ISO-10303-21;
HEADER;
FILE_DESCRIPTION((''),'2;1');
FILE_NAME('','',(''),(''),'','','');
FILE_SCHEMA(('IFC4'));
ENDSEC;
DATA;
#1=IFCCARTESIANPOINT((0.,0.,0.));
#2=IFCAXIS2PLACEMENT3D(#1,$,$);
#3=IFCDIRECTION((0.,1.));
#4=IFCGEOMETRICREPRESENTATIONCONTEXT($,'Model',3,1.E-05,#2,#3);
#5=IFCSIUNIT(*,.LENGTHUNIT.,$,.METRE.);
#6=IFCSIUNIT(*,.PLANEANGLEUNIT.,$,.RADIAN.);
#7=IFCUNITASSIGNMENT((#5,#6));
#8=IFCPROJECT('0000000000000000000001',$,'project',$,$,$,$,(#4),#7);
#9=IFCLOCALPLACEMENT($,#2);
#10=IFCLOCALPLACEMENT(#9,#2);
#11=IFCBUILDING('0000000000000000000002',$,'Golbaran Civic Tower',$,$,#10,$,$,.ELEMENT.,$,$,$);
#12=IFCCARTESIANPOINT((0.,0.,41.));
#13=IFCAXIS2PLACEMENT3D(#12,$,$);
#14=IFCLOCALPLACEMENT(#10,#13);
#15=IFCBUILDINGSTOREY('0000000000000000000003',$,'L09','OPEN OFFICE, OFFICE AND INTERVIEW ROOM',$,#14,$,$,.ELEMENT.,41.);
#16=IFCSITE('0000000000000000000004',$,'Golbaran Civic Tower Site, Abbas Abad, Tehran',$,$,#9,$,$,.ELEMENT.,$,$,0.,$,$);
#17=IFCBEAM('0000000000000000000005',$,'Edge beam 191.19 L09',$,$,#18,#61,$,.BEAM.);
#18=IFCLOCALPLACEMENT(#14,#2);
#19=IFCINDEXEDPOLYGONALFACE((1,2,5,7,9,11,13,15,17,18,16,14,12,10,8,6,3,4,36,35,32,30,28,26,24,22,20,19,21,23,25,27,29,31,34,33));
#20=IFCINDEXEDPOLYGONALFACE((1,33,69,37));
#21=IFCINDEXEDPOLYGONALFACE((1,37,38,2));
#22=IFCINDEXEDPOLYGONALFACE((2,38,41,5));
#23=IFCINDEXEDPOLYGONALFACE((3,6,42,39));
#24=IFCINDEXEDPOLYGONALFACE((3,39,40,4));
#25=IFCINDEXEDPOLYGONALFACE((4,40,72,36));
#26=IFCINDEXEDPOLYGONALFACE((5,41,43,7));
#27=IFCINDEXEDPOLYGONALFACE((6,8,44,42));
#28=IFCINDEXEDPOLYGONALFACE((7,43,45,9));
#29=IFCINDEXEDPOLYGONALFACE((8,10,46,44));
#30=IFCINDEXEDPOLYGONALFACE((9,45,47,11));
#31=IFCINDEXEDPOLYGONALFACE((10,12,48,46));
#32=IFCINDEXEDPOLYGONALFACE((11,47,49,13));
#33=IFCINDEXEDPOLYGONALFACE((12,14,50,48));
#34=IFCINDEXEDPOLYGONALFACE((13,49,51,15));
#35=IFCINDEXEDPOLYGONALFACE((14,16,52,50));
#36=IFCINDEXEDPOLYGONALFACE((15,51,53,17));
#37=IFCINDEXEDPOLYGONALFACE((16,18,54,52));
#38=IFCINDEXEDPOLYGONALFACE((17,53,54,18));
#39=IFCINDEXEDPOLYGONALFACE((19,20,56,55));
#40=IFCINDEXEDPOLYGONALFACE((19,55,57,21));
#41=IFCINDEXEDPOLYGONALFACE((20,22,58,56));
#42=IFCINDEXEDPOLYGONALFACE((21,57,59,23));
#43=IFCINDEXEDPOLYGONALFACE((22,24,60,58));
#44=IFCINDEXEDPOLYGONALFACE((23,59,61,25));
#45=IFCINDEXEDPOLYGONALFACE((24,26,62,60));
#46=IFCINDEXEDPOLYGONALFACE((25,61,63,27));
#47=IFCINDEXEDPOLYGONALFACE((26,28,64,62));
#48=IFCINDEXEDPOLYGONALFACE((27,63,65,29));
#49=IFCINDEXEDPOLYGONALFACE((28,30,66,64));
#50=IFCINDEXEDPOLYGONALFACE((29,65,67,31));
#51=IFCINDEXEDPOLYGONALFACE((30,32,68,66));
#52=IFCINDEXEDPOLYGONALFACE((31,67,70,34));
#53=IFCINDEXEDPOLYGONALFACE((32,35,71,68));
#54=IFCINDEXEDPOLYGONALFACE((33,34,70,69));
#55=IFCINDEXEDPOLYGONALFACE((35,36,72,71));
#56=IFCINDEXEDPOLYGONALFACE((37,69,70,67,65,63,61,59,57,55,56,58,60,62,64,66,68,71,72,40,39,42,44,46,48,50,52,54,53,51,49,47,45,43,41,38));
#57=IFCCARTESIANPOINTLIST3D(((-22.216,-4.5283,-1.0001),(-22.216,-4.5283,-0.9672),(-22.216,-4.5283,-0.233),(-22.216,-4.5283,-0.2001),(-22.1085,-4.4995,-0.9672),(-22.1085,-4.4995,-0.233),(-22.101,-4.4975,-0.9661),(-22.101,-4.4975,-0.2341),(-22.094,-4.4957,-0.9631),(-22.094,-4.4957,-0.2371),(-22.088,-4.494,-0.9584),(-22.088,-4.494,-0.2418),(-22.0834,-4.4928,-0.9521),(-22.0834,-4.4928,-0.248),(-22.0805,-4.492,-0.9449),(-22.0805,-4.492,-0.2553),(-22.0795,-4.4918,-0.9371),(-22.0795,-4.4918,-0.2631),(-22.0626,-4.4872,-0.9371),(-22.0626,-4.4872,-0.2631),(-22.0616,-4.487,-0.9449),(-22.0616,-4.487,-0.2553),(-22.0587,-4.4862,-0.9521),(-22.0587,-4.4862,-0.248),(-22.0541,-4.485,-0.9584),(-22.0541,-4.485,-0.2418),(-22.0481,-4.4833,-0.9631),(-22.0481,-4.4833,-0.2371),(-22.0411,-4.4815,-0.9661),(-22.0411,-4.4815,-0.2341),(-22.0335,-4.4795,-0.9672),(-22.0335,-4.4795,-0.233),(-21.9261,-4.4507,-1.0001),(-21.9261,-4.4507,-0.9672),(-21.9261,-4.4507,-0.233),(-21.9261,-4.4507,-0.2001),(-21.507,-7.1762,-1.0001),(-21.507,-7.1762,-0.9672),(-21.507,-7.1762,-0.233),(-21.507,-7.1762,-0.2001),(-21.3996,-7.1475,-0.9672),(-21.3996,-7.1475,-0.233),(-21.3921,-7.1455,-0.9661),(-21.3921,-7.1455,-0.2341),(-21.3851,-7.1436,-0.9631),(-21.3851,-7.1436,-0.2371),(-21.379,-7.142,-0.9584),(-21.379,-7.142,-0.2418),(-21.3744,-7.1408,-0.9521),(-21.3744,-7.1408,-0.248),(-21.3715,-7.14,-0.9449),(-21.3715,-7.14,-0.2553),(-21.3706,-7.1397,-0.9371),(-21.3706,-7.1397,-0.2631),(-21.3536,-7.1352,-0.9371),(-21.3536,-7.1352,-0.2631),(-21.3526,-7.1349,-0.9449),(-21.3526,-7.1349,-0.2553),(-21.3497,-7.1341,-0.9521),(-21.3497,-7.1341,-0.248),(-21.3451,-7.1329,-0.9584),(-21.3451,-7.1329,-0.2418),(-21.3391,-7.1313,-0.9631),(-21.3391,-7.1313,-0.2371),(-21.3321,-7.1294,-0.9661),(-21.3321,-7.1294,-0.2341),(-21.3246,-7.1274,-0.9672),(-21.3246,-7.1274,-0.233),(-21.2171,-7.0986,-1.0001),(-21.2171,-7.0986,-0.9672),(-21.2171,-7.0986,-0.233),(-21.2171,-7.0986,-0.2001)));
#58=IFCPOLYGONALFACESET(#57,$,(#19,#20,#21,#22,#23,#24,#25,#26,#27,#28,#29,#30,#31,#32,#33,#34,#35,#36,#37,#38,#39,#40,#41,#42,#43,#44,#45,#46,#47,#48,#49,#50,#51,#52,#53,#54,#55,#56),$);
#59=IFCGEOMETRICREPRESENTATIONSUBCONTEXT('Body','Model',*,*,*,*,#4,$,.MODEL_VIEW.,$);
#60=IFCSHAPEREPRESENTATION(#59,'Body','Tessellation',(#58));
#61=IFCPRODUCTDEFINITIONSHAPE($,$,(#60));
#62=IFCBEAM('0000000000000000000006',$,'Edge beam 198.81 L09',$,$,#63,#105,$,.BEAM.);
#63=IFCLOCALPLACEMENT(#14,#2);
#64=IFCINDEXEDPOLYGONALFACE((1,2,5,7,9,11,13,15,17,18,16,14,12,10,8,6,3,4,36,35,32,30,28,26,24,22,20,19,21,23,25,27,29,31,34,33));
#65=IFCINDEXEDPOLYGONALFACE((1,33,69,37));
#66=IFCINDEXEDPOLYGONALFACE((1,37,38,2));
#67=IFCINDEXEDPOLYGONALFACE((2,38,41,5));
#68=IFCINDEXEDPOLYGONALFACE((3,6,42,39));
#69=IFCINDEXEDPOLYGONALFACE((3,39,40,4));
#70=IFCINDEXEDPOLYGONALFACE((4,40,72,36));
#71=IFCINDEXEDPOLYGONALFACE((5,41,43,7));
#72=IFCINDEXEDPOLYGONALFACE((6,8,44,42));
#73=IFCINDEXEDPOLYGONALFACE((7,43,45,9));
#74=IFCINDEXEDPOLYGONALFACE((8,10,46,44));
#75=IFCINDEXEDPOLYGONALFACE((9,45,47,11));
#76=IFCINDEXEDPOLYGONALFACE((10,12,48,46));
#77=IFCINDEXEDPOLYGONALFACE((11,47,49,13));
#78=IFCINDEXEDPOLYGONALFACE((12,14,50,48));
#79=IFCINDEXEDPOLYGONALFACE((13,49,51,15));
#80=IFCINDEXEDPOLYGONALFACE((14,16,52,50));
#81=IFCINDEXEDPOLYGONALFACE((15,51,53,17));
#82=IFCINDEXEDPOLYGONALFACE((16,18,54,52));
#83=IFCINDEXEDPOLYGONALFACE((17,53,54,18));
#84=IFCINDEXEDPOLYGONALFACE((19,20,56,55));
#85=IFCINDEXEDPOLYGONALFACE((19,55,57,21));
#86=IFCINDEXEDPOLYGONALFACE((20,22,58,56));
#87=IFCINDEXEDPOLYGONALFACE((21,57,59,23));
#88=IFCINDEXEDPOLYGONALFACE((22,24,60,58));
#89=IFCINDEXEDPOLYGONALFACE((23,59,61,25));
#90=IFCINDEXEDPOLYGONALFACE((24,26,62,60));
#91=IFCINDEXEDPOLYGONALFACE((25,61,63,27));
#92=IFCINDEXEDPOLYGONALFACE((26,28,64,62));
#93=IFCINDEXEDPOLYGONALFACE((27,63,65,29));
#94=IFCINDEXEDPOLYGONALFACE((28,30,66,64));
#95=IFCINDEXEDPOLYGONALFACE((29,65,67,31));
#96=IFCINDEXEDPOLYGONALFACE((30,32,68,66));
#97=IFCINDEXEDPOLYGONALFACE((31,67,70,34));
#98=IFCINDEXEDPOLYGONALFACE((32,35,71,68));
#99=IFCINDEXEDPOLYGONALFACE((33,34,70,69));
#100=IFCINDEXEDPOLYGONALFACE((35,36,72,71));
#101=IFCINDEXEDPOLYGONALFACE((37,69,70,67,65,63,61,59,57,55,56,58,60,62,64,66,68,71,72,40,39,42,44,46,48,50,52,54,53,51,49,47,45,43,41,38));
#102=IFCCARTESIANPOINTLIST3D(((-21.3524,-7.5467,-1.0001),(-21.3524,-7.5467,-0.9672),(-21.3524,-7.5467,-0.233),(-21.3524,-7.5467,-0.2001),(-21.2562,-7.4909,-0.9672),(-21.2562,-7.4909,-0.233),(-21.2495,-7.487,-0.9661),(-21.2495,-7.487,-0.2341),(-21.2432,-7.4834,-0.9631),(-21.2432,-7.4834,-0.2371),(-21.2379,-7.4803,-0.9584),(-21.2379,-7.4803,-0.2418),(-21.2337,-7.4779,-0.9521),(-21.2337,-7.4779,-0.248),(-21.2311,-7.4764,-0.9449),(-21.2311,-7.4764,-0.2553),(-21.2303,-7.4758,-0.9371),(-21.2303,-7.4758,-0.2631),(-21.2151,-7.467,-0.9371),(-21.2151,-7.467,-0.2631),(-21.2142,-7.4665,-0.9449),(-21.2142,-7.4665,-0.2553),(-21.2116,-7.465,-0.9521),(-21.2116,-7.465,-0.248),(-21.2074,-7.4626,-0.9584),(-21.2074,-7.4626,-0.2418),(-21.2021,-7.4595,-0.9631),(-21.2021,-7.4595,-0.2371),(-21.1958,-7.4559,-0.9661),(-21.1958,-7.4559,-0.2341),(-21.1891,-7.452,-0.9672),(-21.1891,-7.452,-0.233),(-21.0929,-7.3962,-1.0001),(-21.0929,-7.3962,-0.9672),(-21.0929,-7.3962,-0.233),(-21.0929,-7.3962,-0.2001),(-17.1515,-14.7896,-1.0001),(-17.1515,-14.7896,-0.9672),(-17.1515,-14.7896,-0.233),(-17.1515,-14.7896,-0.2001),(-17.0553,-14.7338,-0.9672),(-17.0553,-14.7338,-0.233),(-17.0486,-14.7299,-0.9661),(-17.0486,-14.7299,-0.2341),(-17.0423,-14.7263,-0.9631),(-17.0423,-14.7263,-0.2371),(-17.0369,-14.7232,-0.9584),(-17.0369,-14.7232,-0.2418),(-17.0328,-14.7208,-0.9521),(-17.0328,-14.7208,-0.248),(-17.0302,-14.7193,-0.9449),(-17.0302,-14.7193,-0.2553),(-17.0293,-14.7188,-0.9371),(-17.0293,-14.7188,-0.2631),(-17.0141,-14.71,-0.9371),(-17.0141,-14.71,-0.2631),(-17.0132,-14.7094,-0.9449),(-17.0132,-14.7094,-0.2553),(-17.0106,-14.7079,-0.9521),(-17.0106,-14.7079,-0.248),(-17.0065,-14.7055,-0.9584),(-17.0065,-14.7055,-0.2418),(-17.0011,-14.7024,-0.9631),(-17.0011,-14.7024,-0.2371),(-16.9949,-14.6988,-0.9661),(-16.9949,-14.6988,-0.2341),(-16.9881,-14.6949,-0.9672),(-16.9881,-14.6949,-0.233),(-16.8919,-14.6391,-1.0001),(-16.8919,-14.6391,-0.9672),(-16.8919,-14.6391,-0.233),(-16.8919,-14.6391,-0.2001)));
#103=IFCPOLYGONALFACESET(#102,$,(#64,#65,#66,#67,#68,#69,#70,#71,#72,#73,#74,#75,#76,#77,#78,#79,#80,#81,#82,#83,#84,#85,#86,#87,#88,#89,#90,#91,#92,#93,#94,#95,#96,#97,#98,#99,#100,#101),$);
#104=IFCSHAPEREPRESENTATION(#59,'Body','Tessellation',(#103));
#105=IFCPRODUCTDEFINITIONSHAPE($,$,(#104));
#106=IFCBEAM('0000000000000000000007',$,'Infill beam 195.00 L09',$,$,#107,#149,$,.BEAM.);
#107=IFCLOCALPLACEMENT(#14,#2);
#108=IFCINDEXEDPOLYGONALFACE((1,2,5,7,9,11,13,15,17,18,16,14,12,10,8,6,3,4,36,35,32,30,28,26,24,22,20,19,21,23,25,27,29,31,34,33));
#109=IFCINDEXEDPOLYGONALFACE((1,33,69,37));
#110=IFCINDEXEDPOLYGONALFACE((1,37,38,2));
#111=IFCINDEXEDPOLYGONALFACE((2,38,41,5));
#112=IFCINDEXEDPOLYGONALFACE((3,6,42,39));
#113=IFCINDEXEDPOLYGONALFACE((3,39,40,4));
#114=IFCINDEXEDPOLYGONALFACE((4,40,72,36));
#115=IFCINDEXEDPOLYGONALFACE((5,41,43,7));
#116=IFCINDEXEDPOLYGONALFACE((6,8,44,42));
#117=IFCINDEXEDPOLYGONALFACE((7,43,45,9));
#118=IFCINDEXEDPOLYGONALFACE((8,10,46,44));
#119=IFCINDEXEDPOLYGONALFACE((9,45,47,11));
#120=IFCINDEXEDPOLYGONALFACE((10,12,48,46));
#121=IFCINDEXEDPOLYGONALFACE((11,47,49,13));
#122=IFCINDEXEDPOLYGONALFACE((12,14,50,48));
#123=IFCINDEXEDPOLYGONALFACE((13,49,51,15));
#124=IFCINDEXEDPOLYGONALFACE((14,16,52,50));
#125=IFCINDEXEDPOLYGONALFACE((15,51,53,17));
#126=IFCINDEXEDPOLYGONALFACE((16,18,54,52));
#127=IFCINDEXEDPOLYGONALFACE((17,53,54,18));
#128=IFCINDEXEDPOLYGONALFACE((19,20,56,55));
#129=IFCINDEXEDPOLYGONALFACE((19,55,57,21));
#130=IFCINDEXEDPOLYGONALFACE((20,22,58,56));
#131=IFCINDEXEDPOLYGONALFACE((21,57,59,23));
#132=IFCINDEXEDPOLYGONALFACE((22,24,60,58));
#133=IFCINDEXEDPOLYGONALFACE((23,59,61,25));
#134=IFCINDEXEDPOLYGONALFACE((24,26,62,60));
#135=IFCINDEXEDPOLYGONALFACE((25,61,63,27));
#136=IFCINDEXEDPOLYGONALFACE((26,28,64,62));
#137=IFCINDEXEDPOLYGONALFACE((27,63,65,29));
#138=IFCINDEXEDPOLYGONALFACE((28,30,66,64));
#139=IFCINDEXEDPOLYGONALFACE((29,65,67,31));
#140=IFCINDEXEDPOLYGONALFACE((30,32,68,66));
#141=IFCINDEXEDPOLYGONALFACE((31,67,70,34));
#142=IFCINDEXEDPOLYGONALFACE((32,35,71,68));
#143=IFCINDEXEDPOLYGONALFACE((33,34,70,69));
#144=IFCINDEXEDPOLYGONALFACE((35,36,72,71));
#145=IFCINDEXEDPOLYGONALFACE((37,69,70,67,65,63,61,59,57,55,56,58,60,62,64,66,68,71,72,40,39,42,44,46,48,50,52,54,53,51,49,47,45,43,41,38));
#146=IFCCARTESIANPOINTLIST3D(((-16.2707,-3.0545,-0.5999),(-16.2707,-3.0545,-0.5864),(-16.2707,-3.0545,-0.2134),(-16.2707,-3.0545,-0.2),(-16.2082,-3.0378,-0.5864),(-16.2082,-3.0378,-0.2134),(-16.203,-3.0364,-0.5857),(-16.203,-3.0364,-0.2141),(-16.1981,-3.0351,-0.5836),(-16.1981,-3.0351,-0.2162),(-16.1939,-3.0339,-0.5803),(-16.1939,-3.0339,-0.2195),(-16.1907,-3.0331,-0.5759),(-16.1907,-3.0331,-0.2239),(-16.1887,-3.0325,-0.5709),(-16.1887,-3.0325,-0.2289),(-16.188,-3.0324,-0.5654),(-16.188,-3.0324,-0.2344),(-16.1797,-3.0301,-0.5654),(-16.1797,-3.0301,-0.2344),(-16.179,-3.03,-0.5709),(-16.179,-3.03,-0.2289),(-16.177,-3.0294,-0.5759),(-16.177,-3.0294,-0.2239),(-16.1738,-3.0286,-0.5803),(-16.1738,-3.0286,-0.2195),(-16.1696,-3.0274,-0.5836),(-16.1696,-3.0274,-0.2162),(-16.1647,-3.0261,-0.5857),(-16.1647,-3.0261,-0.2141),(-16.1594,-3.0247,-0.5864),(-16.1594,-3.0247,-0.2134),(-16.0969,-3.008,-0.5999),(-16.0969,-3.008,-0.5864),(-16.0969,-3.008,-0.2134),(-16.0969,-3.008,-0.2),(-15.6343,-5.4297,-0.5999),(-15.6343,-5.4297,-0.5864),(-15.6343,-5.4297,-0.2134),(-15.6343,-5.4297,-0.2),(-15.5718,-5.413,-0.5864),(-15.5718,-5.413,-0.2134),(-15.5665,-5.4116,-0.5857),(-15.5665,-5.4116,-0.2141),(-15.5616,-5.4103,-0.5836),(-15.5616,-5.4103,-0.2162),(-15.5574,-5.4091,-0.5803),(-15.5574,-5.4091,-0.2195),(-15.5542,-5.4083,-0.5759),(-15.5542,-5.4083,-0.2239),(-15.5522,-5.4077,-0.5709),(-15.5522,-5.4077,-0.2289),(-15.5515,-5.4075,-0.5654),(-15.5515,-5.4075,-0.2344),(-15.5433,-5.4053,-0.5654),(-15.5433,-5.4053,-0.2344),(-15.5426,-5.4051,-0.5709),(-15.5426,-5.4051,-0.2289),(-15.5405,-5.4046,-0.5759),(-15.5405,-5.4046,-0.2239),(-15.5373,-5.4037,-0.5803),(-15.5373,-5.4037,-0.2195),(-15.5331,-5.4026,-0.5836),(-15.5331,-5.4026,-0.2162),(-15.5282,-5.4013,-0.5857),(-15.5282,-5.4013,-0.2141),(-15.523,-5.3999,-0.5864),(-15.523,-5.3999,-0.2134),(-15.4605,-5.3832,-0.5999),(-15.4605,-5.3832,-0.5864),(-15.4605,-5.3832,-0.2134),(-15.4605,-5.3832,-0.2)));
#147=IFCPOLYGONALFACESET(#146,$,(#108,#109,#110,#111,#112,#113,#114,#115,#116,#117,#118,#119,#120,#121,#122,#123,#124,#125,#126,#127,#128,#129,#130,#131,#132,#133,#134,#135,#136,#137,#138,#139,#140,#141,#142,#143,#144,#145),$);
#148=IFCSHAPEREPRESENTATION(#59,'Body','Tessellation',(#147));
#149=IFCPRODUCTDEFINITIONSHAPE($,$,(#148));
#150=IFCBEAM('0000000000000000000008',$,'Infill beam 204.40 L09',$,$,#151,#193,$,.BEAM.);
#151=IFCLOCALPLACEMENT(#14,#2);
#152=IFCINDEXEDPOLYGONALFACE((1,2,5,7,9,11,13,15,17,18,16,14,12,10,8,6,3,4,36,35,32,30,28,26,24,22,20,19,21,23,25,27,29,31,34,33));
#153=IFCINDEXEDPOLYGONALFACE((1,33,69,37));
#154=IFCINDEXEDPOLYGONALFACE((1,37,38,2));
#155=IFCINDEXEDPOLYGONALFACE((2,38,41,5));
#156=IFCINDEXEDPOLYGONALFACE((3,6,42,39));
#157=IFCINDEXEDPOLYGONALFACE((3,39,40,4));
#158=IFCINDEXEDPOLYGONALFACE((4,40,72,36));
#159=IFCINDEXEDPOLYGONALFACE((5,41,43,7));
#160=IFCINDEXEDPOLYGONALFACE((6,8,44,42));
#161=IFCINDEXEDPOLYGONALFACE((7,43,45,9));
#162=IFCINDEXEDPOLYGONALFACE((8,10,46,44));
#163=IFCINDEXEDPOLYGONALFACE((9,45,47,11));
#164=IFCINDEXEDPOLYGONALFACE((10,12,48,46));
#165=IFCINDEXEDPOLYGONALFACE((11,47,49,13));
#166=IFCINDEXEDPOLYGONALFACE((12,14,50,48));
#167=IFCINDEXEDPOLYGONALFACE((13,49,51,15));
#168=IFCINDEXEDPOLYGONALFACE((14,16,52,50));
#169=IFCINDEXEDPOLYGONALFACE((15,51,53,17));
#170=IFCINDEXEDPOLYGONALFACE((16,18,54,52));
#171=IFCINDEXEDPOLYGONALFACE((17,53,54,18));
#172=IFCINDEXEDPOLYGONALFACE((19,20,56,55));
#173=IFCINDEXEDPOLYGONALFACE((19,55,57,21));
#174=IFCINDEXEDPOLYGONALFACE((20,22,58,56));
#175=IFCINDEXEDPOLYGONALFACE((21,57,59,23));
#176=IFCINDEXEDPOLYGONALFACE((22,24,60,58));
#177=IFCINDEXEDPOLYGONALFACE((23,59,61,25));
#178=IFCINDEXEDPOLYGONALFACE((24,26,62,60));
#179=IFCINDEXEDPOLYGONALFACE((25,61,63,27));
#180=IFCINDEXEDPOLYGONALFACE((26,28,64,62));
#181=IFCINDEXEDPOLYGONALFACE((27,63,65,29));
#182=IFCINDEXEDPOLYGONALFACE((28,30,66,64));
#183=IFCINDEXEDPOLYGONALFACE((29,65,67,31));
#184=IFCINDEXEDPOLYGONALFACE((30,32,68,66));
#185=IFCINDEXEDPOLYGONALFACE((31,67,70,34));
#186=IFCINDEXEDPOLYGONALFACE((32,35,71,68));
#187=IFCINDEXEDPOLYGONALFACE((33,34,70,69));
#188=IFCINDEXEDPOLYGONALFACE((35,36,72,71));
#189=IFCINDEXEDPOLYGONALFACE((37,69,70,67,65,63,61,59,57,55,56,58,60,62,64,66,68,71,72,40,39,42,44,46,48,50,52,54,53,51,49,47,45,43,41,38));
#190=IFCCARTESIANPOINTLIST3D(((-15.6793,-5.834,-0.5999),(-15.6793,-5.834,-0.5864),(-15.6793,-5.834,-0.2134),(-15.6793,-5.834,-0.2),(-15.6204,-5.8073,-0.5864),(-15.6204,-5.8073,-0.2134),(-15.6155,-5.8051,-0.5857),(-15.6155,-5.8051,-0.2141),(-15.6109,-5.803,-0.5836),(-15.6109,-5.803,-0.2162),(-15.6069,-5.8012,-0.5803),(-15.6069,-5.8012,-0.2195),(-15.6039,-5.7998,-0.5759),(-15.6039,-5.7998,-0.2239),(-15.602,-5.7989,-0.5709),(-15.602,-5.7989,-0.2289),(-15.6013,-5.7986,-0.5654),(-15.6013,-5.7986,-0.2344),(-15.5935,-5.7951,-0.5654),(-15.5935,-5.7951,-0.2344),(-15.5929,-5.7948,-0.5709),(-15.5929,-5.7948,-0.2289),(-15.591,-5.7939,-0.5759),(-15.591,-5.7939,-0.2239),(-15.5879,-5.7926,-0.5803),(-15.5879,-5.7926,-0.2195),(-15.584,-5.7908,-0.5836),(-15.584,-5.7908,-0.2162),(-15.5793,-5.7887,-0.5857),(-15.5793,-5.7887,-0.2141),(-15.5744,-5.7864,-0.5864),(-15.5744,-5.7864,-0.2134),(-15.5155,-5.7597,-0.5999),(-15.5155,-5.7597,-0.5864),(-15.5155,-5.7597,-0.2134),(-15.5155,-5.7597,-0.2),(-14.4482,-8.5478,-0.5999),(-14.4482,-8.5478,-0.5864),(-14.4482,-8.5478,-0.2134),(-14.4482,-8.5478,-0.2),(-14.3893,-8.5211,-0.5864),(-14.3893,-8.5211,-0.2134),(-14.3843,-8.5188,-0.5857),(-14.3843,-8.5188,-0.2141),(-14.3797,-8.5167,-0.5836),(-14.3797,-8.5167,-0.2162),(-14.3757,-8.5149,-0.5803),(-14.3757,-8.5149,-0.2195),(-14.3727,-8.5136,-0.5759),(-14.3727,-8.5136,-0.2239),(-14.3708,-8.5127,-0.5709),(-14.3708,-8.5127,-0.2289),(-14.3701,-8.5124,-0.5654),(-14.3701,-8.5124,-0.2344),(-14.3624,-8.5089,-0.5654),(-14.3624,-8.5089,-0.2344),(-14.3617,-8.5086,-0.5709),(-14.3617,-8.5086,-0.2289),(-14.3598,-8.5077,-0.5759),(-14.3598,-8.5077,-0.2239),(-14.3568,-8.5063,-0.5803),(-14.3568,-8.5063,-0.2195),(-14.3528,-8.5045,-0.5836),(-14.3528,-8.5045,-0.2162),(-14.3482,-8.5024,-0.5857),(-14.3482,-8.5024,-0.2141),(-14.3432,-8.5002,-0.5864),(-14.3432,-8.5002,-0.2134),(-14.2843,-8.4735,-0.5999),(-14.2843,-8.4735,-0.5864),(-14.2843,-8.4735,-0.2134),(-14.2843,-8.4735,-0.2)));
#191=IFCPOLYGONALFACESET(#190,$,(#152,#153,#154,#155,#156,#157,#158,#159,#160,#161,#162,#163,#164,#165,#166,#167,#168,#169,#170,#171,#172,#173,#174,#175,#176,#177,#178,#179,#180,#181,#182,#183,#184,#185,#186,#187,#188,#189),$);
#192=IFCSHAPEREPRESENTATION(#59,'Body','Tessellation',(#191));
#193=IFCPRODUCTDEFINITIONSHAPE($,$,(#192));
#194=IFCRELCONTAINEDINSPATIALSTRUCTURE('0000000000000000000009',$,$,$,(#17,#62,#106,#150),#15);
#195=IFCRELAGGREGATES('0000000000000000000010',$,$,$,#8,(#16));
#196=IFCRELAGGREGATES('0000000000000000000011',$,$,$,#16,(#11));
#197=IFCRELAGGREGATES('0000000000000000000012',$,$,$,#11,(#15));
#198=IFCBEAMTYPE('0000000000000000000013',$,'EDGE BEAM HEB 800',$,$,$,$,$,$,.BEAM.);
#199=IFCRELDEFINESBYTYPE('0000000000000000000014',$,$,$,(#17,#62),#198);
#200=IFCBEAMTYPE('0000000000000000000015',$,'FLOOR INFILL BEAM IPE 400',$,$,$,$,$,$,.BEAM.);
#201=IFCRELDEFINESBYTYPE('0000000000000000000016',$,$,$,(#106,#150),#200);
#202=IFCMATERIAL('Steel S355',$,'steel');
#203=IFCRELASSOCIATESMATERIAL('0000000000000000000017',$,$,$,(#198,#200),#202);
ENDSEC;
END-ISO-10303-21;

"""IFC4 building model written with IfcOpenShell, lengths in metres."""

from ifc_helpers import new_model, si_unit, direction, frame, origin, origin_2d, place, context, subcontext, project, spatial, i_section, extrude, material, material_profile, profile_set, type_object, element, save


model = new_model("IFC4")

# Units and contexts
model_context = context("Model", 3, precision=1e-05, world=origin(), true_north=direction((0.0, 1.0)))
body_context = subcontext(model_context, "Body", "Model", "MODEL_VIEW")
ifc_project = project(units=[si_unit("LENGTHUNIT", "METRE"), si_unit("PLANEANGLEUNIT", "RADIAN")], contexts=[model_context])

# Site, building, storey
site_placement = place(None, origin())
site = spatial("IfcSite", under=ifc_project, at=site_placement, Name="Golbaran Civic Tower Site, Abbas Abad, Tehran", CompositionType="ELEMENT", RefElevation=0.0)
building_placement = place(site_placement, origin())
building = spatial("IfcBuilding", under=site, at=building_placement, Name="Golbaran Civic Tower", CompositionType="ELEMENT")
storey_placement = place(building_placement, frame((0.0, 0.0, 41.0)))
storey = spatial("IfcBuildingStorey", under=building, at=storey_placement, Name="L09", Description="OPEN OFFICE, OFFICE AND INTERVIEW ROOM", CompositionType="ELEMENT", Elevation=41.0)

# Beams
ifc_material_1 = material(Name="Steel S355", Category="steel")
ifc_material_profile_1 = material_profile(ifc_material_1, i_section(OverallWidth=0.3, OverallDepth=0.8, WebThickness=0.0176, FlangeThickness=0.033, FilletRadius=0.03, at=origin_2d()), Name="HEB 800")
ifc_profile_set_1 = profile_set([ifc_material_profile_1], Name="Steel S355")
beam_type_1 = type_object("IfcBeamType", Name="EDGE BEAM HEB 800", PredefinedType="BEAM", material=ifc_profile_set_1)
beam_1_placement = place(storey_placement, frame((-22.071, -4.4895, -0.6001), z_axis=(0.258638, -0.965974, 0.0), x_axis=(0.965974, 0.258638, 0.0)))
element("IfcBeam", 1, at=beam_1_placement, inside=storey, type_object=beam_type_1, Name="Edge beam 191.19 L09", PredefinedType="BEAM", context=body_context, shape_type="SweptSolid", body=[
    extrude(i_section(OverallWidth=0.3, OverallDepth=0.8, WebThickness=0.0176, FlangeThickness=0.033, FilletRadius=0.03, at=origin_2d()), origin(), (0.0, 0.0, 1.0), 2.7412),
])
beam_2_placement = place(storey_placement, frame((-21.2227, -7.4714, -0.6001), z_axis=(0.501721, -0.865029, 0.0), x_axis=(0.865029, 0.501721, 0.0)))
element("IfcBeam", 2, at=beam_2_placement, inside=storey, type_object=beam_type_1, Name="Edge beam 198.81 L09", PredefinedType="BEAM", context=body_context, shape_type="SweptSolid", body=[
    extrude(i_section(OverallWidth=0.3, OverallDepth=0.8, WebThickness=0.0176, FlangeThickness=0.033, FilletRadius=0.03, at=origin_2d()), origin(), (0.0, 0.0, 1.0), 8.373),
])
ifc_material_profile_2 = material_profile(ifc_material_1, i_section(OverallWidth=0.1799, OverallDepth=0.3999, WebThickness=0.0085, FlangeThickness=0.0134, FilletRadius=0.021, at=origin_2d()), Name="IPE 400")
ifc_profile_set_2 = profile_set([ifc_material_profile_2], Name="Steel S355")
beam_type_2 = type_object("IfcBeamType", Name="FLOOR INFILL BEAM IPE 400", PredefinedType="BEAM", material=ifc_profile_set_2)
beam_3_placement = place(storey_placement, frame((-16.1838, -3.0312, -0.3999), z_axis=(0.25883, -0.965923, 0.0), x_axis=(0.965923, 0.25883, 0.0)))
element("IfcBeam", 3, at=beam_3_placement, inside=storey, type_object=beam_type_2, Name="Infill beam 195.00 L09", PredefinedType="BEAM", context=body_context, shape_type="SweptSolid", body=[
    extrude(i_section(OverallWidth=0.1799, OverallDepth=0.3999, WebThickness=0.0085, FlangeThickness=0.0134, FilletRadius=0.021, at=origin_2d()), origin(), (0.0, 0.0, 1.0), 2.459),
])
beam_4_placement = place(storey_placement, frame((-15.5974, -5.7969, -0.3999), z_axis=(0.413142, -0.910666, 0.0), x_axis=(0.910666, 0.413142, 0.0)))
element("IfcBeam", 4, at=beam_4_placement, inside=storey, type_object=beam_type_2, Name="Infill beam 204.40 L09", PredefinedType="BEAM", context=body_context, shape_type="SweptSolid", body=[
    extrude(i_section(OverallWidth=0.1799, OverallDepth=0.3999, WebThickness=0.0085, FlangeThickness=0.0134, FilletRadius=0.021, at=origin_2d()), origin(), (0.0, 0.0, 1.0), 2.98),
])

save(model, "model.ifc")
